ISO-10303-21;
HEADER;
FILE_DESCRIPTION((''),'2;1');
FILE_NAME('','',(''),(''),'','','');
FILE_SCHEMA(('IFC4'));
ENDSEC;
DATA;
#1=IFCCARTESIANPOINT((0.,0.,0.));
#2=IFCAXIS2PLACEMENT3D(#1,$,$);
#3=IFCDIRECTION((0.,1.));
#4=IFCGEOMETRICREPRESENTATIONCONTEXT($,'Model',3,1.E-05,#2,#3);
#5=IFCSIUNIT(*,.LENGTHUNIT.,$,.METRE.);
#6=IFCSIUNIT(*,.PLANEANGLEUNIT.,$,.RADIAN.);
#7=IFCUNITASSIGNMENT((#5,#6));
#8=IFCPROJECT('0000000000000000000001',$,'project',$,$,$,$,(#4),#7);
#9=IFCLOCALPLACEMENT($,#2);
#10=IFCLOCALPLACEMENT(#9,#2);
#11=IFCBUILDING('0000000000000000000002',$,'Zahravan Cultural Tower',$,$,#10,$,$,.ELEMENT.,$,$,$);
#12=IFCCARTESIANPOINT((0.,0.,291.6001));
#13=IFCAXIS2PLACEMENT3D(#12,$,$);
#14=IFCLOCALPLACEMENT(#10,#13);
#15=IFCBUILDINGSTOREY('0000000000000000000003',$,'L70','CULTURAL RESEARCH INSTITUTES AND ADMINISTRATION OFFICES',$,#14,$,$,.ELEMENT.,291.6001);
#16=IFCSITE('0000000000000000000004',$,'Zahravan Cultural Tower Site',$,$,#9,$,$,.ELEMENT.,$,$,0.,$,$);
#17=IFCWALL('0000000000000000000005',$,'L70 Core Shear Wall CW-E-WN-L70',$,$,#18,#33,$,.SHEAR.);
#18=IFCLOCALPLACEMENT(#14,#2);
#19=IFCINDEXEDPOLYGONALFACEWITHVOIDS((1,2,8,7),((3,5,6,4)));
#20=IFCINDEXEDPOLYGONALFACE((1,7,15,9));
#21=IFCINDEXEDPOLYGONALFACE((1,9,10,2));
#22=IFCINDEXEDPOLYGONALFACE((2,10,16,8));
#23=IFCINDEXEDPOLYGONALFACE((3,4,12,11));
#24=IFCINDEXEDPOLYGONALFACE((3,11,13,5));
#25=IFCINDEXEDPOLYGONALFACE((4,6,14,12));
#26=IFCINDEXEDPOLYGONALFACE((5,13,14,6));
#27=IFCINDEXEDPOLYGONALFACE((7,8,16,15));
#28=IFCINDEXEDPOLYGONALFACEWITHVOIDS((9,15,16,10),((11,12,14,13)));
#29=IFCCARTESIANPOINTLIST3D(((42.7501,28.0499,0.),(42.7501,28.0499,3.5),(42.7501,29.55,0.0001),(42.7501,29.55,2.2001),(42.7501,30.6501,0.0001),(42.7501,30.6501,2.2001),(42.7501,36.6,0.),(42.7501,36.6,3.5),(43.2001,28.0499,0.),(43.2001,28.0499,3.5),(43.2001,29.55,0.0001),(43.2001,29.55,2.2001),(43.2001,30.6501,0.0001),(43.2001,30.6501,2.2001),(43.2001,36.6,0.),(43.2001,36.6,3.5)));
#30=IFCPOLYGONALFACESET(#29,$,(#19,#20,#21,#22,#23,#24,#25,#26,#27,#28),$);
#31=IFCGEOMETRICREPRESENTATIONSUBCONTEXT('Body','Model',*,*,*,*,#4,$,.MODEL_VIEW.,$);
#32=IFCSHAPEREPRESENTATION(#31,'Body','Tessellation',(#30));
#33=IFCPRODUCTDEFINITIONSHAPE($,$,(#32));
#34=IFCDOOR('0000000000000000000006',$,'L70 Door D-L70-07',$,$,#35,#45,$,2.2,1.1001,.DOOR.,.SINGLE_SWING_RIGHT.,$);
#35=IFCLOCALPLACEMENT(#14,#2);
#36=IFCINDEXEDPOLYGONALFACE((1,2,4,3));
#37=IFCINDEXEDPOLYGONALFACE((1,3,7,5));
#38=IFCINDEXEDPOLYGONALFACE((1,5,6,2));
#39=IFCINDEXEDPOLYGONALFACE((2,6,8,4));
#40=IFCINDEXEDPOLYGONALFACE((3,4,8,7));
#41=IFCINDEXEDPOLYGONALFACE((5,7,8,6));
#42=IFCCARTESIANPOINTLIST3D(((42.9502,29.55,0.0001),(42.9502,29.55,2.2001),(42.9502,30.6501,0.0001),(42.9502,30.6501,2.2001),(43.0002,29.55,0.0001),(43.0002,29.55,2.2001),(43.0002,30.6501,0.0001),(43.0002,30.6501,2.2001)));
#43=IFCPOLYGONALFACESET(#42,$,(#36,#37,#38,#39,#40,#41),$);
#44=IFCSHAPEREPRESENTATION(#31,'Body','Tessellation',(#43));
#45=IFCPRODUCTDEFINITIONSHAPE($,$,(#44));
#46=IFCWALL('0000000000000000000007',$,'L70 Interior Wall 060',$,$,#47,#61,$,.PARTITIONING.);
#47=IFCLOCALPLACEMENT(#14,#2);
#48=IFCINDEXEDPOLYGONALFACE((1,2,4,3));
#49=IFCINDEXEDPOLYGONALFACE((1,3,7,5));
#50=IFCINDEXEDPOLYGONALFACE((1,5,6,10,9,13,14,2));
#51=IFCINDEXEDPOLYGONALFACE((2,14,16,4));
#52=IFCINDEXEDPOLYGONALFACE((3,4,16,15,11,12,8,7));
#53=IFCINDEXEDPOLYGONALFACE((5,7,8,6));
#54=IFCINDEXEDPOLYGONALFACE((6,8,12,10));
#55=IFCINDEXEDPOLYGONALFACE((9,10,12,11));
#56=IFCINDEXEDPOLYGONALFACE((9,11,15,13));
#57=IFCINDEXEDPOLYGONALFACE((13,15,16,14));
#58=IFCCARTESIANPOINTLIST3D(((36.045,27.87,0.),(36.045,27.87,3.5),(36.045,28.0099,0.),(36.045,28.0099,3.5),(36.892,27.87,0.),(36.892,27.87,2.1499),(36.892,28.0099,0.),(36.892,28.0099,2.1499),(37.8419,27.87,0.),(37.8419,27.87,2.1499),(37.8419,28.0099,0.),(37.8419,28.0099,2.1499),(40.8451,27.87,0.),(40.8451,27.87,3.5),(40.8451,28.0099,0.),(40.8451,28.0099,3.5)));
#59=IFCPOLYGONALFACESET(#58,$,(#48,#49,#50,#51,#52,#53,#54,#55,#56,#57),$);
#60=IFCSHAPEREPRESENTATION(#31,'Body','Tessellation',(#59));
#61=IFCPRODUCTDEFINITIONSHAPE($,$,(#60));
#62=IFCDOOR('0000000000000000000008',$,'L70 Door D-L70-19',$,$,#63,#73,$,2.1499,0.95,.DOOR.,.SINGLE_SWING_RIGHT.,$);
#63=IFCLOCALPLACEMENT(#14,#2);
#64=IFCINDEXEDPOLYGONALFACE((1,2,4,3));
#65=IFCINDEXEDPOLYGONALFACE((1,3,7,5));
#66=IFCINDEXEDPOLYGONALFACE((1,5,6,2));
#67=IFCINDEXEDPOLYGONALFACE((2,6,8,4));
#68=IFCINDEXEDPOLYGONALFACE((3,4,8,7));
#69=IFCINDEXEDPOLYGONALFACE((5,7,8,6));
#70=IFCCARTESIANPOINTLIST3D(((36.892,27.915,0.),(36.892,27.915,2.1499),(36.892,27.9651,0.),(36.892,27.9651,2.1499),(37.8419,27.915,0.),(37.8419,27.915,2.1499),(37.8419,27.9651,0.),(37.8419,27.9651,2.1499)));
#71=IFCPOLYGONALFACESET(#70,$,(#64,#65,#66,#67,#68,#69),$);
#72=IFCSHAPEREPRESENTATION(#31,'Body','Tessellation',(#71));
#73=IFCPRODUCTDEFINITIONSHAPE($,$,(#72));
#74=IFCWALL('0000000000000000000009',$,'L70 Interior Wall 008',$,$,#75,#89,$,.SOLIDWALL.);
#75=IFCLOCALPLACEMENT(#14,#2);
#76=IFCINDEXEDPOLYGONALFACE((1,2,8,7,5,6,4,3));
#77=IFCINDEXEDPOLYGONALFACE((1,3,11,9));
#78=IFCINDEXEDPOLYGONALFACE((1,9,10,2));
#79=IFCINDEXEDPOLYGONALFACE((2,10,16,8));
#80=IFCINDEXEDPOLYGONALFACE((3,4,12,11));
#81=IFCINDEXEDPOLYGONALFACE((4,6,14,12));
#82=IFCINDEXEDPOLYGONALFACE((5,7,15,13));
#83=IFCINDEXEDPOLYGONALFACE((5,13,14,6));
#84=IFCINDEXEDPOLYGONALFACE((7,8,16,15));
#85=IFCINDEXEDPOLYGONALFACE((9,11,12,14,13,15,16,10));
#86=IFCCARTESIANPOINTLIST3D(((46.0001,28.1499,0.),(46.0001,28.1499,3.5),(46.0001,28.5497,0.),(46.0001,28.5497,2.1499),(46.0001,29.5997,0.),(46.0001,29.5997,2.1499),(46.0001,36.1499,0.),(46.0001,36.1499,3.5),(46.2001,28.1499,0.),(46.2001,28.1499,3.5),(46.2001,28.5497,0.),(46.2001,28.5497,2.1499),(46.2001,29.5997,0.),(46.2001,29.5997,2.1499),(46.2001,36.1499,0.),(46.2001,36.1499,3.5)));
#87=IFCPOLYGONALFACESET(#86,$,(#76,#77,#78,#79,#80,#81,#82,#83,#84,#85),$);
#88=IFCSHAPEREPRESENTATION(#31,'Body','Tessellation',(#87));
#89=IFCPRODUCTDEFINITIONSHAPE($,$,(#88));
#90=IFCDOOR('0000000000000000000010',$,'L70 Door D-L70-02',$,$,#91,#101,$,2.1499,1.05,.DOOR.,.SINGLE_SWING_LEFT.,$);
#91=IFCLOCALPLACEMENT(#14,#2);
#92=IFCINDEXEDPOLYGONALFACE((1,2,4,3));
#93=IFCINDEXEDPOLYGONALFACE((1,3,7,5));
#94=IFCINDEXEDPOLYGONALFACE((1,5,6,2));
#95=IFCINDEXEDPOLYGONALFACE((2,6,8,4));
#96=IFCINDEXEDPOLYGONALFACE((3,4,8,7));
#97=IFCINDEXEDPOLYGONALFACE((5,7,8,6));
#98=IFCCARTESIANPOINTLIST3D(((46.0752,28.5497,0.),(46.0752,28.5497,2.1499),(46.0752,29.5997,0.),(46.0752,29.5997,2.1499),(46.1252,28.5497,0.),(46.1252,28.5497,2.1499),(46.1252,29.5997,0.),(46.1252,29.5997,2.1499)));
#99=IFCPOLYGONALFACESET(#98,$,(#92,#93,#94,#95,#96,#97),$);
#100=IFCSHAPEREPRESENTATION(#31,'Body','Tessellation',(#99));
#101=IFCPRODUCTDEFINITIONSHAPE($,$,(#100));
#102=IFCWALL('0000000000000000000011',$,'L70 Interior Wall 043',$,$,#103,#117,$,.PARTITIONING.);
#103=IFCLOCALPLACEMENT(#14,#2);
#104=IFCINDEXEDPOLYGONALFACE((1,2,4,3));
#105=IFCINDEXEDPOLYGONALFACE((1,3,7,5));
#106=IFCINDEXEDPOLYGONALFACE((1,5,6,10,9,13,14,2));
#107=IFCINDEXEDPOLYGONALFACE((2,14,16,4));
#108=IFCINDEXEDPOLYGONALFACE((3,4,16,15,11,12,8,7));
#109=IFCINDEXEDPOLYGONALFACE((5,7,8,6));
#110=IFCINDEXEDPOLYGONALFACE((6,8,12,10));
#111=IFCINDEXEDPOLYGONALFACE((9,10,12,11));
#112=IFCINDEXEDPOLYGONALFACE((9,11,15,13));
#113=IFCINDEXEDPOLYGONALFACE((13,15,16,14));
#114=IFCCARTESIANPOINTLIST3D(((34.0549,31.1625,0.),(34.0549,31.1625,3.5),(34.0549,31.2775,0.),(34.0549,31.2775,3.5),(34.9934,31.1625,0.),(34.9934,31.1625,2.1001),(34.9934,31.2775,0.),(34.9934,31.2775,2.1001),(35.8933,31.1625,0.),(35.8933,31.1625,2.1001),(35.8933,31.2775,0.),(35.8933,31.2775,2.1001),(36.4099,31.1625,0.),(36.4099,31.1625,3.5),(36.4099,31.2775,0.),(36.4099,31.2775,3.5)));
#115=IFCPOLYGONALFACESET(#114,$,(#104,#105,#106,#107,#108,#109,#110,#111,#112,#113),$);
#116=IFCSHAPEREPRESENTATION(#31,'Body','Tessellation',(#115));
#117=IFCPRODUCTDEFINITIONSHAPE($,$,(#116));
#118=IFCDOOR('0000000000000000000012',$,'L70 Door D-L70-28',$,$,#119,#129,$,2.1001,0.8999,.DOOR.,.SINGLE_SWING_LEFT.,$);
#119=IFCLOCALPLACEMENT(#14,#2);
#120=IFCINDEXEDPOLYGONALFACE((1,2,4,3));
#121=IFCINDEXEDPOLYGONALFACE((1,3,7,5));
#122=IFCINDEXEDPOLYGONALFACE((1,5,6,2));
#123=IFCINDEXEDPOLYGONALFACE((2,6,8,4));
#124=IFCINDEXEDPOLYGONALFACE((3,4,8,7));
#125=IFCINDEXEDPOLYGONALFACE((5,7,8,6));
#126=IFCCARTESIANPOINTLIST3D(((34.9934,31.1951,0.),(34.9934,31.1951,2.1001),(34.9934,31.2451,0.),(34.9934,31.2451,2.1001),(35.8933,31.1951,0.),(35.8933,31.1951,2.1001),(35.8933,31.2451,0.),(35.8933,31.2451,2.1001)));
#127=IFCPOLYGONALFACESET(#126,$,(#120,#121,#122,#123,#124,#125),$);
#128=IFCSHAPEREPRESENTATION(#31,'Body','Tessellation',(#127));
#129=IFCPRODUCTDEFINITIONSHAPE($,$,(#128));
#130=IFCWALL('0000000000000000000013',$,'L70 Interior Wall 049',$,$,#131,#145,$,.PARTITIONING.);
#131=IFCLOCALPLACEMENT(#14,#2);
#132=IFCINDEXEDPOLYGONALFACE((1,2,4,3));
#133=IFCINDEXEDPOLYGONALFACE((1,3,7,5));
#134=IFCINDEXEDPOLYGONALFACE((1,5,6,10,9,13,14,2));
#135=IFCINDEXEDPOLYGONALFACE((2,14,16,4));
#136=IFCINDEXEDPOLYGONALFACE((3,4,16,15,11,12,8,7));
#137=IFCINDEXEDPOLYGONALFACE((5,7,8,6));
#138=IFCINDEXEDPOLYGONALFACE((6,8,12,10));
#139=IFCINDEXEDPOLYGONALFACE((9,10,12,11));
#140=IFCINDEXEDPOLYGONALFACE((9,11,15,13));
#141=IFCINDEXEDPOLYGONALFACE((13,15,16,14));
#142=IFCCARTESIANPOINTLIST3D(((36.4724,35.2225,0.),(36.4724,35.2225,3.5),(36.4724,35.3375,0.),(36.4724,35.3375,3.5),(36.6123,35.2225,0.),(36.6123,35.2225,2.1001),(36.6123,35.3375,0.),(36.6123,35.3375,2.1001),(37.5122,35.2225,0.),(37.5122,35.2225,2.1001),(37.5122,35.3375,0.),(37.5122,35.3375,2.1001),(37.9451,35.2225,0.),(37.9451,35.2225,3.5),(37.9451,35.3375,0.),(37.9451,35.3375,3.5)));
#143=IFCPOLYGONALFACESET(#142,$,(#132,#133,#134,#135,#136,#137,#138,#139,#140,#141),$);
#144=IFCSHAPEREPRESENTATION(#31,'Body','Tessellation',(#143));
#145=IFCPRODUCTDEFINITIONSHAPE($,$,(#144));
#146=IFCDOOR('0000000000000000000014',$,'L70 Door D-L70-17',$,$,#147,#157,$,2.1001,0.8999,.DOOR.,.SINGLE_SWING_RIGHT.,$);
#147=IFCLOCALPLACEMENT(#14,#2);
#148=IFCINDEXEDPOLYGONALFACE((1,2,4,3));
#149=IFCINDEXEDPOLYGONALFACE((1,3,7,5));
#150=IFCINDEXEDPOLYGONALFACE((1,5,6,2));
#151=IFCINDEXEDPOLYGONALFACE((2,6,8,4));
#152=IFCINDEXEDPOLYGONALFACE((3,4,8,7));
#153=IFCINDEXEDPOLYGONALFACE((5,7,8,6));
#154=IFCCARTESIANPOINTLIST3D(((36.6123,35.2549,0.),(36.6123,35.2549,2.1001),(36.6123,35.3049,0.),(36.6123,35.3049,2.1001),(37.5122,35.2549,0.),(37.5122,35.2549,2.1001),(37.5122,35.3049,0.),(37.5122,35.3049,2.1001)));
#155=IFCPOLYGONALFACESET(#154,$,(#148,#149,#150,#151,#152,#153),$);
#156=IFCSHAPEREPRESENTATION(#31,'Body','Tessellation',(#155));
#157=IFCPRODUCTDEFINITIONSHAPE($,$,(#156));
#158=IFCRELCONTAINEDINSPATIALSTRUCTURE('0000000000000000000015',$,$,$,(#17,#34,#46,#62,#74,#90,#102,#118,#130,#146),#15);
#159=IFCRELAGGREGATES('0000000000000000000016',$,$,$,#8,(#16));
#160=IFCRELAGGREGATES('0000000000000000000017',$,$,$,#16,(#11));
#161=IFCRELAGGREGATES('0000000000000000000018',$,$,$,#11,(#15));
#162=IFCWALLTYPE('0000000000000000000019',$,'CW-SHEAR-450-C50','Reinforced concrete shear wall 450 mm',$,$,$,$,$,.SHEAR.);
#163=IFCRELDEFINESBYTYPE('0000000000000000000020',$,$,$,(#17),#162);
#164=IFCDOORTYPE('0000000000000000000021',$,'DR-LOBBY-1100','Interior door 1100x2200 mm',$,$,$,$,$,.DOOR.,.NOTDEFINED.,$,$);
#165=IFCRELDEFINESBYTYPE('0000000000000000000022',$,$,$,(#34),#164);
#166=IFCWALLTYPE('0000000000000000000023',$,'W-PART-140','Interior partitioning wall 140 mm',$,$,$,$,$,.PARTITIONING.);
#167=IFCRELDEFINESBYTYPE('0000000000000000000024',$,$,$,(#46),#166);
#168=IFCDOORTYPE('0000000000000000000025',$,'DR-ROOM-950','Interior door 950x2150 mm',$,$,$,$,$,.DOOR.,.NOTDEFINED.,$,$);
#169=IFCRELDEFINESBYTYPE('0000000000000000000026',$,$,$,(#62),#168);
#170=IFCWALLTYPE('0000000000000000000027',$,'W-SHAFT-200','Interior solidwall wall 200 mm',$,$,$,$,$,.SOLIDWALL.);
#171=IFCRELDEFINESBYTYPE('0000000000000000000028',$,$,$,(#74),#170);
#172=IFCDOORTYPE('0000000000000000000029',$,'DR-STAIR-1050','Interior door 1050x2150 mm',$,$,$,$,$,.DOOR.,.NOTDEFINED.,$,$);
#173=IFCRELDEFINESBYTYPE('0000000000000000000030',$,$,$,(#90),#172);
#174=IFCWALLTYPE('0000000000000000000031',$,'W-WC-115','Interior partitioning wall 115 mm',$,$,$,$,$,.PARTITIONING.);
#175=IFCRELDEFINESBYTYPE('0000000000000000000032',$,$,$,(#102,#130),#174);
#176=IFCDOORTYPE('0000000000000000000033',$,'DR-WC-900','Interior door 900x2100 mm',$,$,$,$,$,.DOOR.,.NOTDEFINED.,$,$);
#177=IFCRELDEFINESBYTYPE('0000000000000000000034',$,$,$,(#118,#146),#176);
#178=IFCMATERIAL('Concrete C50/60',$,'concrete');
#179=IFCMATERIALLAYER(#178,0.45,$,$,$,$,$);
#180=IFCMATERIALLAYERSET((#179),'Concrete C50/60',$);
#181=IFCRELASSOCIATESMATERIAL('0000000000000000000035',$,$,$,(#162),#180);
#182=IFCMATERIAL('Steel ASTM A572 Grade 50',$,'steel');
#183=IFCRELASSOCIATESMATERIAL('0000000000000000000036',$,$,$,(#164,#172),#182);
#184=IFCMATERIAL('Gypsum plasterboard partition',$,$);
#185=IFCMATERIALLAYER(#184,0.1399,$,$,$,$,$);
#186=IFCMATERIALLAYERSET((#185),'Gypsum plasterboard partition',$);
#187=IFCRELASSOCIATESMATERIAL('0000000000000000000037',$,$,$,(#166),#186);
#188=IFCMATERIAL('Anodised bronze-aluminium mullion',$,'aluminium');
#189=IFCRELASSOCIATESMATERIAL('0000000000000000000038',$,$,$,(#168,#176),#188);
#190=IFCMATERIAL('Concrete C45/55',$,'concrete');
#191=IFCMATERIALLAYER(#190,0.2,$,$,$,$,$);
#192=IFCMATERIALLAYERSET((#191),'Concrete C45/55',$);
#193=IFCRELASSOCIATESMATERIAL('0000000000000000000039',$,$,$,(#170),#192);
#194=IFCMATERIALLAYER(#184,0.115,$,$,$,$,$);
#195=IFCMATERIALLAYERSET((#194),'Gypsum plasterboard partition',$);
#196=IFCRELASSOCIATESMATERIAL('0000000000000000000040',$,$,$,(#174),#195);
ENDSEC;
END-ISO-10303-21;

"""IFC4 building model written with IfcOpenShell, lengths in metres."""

from ifc_helpers import new_model, si_unit, direction, frame, frame_2d, origin, place, context, subcontext, project, spatial, rectangle, extrude, source, transform, mapped, material, layer, layer_set, type_object, element, fill, save


model = new_model("IFC4")

# Units and contexts
model_context = context("Model", 3, precision=1e-05, world=origin(), true_north=direction((0.0, 1.0)))
body_context = subcontext(model_context, "Body", "Model", "MODEL_VIEW")
ifc_project = project(units=[si_unit("LENGTHUNIT", "METRE"), si_unit("PLANEANGLEUNIT", "RADIAN")], contexts=[model_context])

# Site, building, storey
site_placement = place(None, origin())
site = spatial("IfcSite", under=ifc_project, at=site_placement, Name="Zahravan Cultural Tower Site", CompositionType="ELEMENT", RefElevation=0.0)
building_placement = place(site_placement, origin())
building = spatial("IfcBuilding", under=site, at=building_placement, Name="Zahravan Cultural Tower", CompositionType="ELEMENT")
storey_placement = place(building_placement, frame((0.0, 0.0, 291.6001)))
storey = spatial("IfcBuildingStorey", under=building, at=storey_placement, Name="L70", Description="CULTURAL RESEARCH INSTITUTES AND ADMINISTRATION OFFICES", CompositionType="ELEMENT", Elevation=291.6001)

# Walls, openings, doors
ifc_material_1 = material(Name="Concrete C50/60", Category="concrete")
ifc_layer_1 = layer(ifc_material_1, 0.45)
ifc_layer_set_1 = layer_set([ifc_layer_1], Name="Concrete C50/60")
wall_type_1 = type_object("IfcWallType", Name="CW-SHEAR-450-C50", Description="Reinforced concrete shear wall 450 mm", PredefinedType="SHEAR", material=ifc_layer_set_1)
wall_1_placement = place(storey_placement, frame((42.9751, 28.05, 0.0), z_axis=(0.0, 0.0, 1.0), x_axis=(0.0, 1.0, 0.0)))
wall_1 = element("IfcWall", 1, at=wall_1_placement, inside=storey, type_object=wall_type_1, Name="L70 Core Shear Wall CW-E-WN-L70", PredefinedType="SHEAR", context=body_context, shape_type="SweptSolid", body=[
    extrude(rectangle(XDim=8.55, YDim=0.45, at=frame_2d((4.2749, 0.0))), origin(), (0.0, 0.0, 1.0), 3.5),
])
opening_1_placement = place(wall_1_placement, frame((1.5, 0.0, 0.0)))
opening_1 = element("IfcOpeningElement", 2, at=opening_1_placement, cuts=wall_1, PredefinedType="OPENING", context=body_context, shape_type="SweptSolid", body=[
    extrude(rectangle(XDim=1.1001, YDim=2.2, at=frame_2d((0.55, 1.1001))), frame((0.0, 0.2349, 0.0), z_axis=(0.0, -1.0, 0.0), x_axis=(1.0, 0.0, 0.0)), (0.0, 0.0, 1.0), 0.47),
])
ifc_material_2 = material(Name="Steel ASTM A572 Grade 50", Category="steel")
door_type_1 = type_object("IfcDoorType", Name="DR-LOBBY-1100", Description="Interior door 1100x2200 mm", OperationType="NOTDEFINED", PredefinedType="DOOR", material=ifc_material_2)
shared_shape_1 = source(origin(), body_context, "Body", "SweptSolid", [
    extrude(rectangle(XDim=1.1001, YDim=2.2, at=frame_2d((0.55, 1.1001))), frame((0.0, 0.0249, 0.0), z_axis=(0.0, -1.0, 0.0), x_axis=(1.0, 0.0, 0.0)), (0.0, 0.0, 1.0), 0.05),
])
door_1_placement = place(opening_1_placement, origin())
door_1 = element("IfcDoor", 3, at=door_1_placement, inside=storey, type_object=door_type_1, Name="L70 Door D-L70-07", OperationType="SINGLE_SWING_RIGHT", OverallHeight=2.2, OverallWidth=1.1001, PredefinedType="DOOR", context=body_context, shape_type="MappedRepresentation", body=[
    mapped(shared_shape_1, transform((0.0, 0.0, 0.0), x_axis=(1.0, 0.0, 0.0), y_axis=(0.0, 1.0, 0.0), z_axis=(0.0, 0.0, 1.0), scale=1.0)),
])
fill(opening_1, door_1)
ifc_material_3 = material(Name="Gypsum plasterboard partition")
ifc_layer_2 = layer(ifc_material_3, 0.1399)
ifc_layer_set_2 = layer_set([ifc_layer_2], Name="Gypsum plasterboard partition")
wall_type_2 = type_object("IfcWallType", Name="W-PART-140", Description="Interior partitioning wall 140 mm", PredefinedType="PARTITIONING", material=ifc_layer_set_2)
wall_2_placement = place(storey_placement, frame((40.845, 27.9399, 0.0), z_axis=(0.0, 0.0, 1.0), x_axis=(-1.0, 0.0, 0.0)))
wall_2 = element("IfcWall", 4, at=wall_2_placement, inside=storey, type_object=wall_type_2, Name="L70 Interior Wall 060", PredefinedType="PARTITIONING", context=body_context, shape_type="SweptSolid", body=[
    extrude(rectangle(XDim=4.8, YDim=0.1399, at=frame_2d((2.3999, 0.0))), origin(), (0.0, 0.0, 1.0), 3.5),
])
opening_2_placement = place(wall_2_placement, frame((3.0029, 0.0, 0.0)))
opening_2 = element("IfcOpeningElement", 5, at=opening_2_placement, cuts=wall_2, PredefinedType="OPENING", context=body_context, shape_type="SweptSolid", body=[
    extrude(rectangle(XDim=0.95, YDim=2.1499, at=frame_2d((0.4751, 1.075))), frame((0.0, 0.0798, 0.0), z_axis=(0.0, -1.0, 0.0), x_axis=(1.0, 0.0, 0.0)), (0.0, 0.0, 1.0), 0.1599),
])
ifc_material_4 = material(Name="Anodised bronze-aluminium mullion", Category="aluminium")
door_type_2 = type_object("IfcDoorType", Name="DR-ROOM-950", Description="Interior door 950x2150 mm", OperationType="NOTDEFINED", PredefinedType="DOOR", material=ifc_material_4)
shared_shape_2 = source(origin(), body_context, "Body", "SweptSolid", [
    extrude(rectangle(XDim=0.95, YDim=2.1499, at=frame_2d((0.4751, 1.075))), frame((0.0, 0.0249, 0.0), z_axis=(0.0, -1.0, 0.0), x_axis=(1.0, 0.0, 0.0)), (0.0, 0.0, 1.0), 0.05),
])
door_2_placement = place(opening_2_placement, origin())
door_2 = element("IfcDoor", 6, at=door_2_placement, inside=storey, type_object=door_type_2, Name="L70 Door D-L70-19", OperationType="SINGLE_SWING_RIGHT", OverallHeight=2.1499, OverallWidth=0.95, PredefinedType="DOOR", context=body_context, shape_type="MappedRepresentation", body=[
    mapped(shared_shape_2, transform((0.0, 0.0, 0.0), x_axis=(1.0, 0.0, 0.0), y_axis=(0.0, 1.0, 0.0), z_axis=(0.0, 0.0, 1.0), scale=1.0)),
])
fill(opening_2, door_2)
ifc_material_5 = material(Name="Concrete C45/55", Category="concrete")
ifc_layer_3 = layer(ifc_material_5, 0.2)
ifc_layer_set_3 = layer_set([ifc_layer_3], Name="Concrete C45/55")
wall_type_3 = type_object("IfcWallType", Name="W-SHAFT-200", Description="Interior solidwall wall 200 mm", PredefinedType="SOLIDWALL", material=ifc_layer_set_3)
wall_3_placement = place(storey_placement, frame((46.1001, 28.1499, 0.0), z_axis=(0.0, 0.0, 1.0), x_axis=(0.0, 1.0, 0.0)))
wall_3 = element("IfcWall", 7, at=wall_3_placement, inside=storey, type_object=wall_type_3, Name="L70 Interior Wall 008", PredefinedType="SOLIDWALL", context=body_context, shape_type="SweptSolid", body=[
    extrude(rectangle(XDim=8.0, YDim=0.2, at=frame_2d((4.0, 0.0))), origin(), (0.0, 0.0, 1.0), 3.5),
])
opening_3_placement = place(wall_3_placement, frame((0.3999, 0.0, 0.0)))
opening_3 = element("IfcOpeningElement", 8, at=opening_3_placement, cuts=wall_3, PredefinedType="OPENING", context=body_context, shape_type="SweptSolid", body=[
    extrude(rectangle(XDim=1.05, YDim=2.1499, at=frame_2d((0.5249, 1.075))), frame((0.0, 0.1099, 0.0), z_axis=(0.0, -1.0, 0.0), x_axis=(1.0, 0.0, 0.0)), (0.0, 0.0, 1.0), 0.22),
])
door_type_3 = type_object("IfcDoorType", Name="DR-STAIR-1050", Description="Interior door 1050x2150 mm", OperationType="NOTDEFINED", PredefinedType="DOOR", material=ifc_material_2)
shared_shape_3 = source(origin(), body_context, "Body", "SweptSolid", [
    extrude(rectangle(XDim=1.05, YDim=2.1499, at=frame_2d((0.5249, 1.075))), frame((0.0, 0.0249, 0.0), z_axis=(0.0, -1.0, 0.0), x_axis=(1.0, 0.0, 0.0)), (0.0, 0.0, 1.0), 0.05),
])
door_3_placement = place(opening_3_placement, origin())
door_3 = element("IfcDoor", 9, at=door_3_placement, inside=storey, type_object=door_type_3, Name="L70 Door D-L70-02", OperationType="SINGLE_SWING_LEFT", OverallHeight=2.1499, OverallWidth=1.05, PredefinedType="DOOR", context=body_context, shape_type="MappedRepresentation", body=[
    mapped(shared_shape_3, transform((0.0, 0.0, 0.0), x_axis=(1.0, 0.0, 0.0), y_axis=(0.0, 1.0, 0.0), z_axis=(0.0, 0.0, 1.0), scale=1.0)),
])
fill(opening_3, door_3)
ifc_layer_4 = layer(ifc_material_3, 0.115)
ifc_layer_set_4 = layer_set([ifc_layer_4], Name="Gypsum plasterboard partition")
wall_type_4 = type_object("IfcWallType", Name="W-WC-115", Description="Interior partitioning wall 115 mm", PredefinedType="PARTITIONING", material=ifc_layer_set_4)
wall_4_placement = place(storey_placement, frame((36.4099, 31.22, 0.0), z_axis=(0.0, 0.0, 1.0), x_axis=(-1.0, 0.0, 0.0)))
wall_4 = element("IfcWall", 10, at=wall_4_placement, inside=storey, type_object=wall_type_4, Name="L70 Interior Wall 043", PredefinedType="PARTITIONING", context=body_context, shape_type="SweptSolid", body=[
    extrude(rectangle(XDim=2.355, YDim=0.115, at=frame_2d((1.1775, 0.0))), origin(), (0.0, 0.0, 1.0), 3.5),
])
opening_4_placement = place(wall_4_placement, frame((0.5166, 0.0, 0.0)))
opening_4 = element("IfcOpeningElement", 11, at=opening_4_placement, cuts=wall_4, PredefinedType="OPENING", context=body_context, shape_type="SweptSolid", body=[
    extrude(rectangle(XDim=0.8999, YDim=2.1001, at=frame_2d((0.45, 1.05))), frame((0.0, 0.0674, 0.0), z_axis=(0.0, -1.0, 0.0), x_axis=(1.0, 0.0, 0.0)), (0.0, 0.0, 1.0), 0.135),
])
door_type_4 = type_object("IfcDoorType", Name="DR-WC-900", Description="Interior door 900x2100 mm", OperationType="NOTDEFINED", PredefinedType="DOOR", material=ifc_material_4)
shared_shape_4 = source(origin(), body_context, "Body", "SweptSolid", [
    extrude(rectangle(XDim=0.8999, YDim=2.1001, at=frame_2d((0.45, 1.05))), frame((0.0, 0.0249, 0.0), z_axis=(0.0, -1.0, 0.0), x_axis=(1.0, 0.0, 0.0)), (0.0, 0.0, 1.0), 0.05),
])
door_4_placement = place(opening_4_placement, origin())
door_4 = element("IfcDoor", 12, at=door_4_placement, inside=storey, type_object=door_type_4, Name="L70 Door D-L70-28", OperationType="SINGLE_SWING_LEFT", OverallHeight=2.1001, OverallWidth=0.8999, PredefinedType="DOOR", context=body_context, shape_type="MappedRepresentation", body=[
    mapped(shared_shape_4, transform((0.0, 0.0, 0.0), x_axis=(1.0, 0.0, 0.0), y_axis=(0.0, 1.0, 0.0), z_axis=(0.0, 0.0, 1.0), scale=1.0)),
])
fill(opening_4, door_4)
wall_5_placement = place(storey_placement, frame((36.4724, 35.28, 0.0), z_axis=(0.0, 0.0, 1.0), x_axis=(1.0, 0.0, 0.0)))
wall_5 = element("IfcWall", 13, at=wall_5_placement, inside=storey, type_object=wall_type_4, Name="L70 Interior Wall 049", PredefinedType="PARTITIONING", context=body_context, shape_type="SweptSolid", body=[
    extrude(rectangle(XDim=1.4727, YDim=0.115, at=frame_2d((0.7363, 0.0))), origin(), (0.0, 0.0, 1.0), 3.5),
])
opening_5_placement = place(wall_5_placement, frame((0.1399, 0.0, 0.0)))
opening_5 = element("IfcOpeningElement", 14, at=opening_5_placement, cuts=wall_5, PredefinedType="OPENING", context=body_context, shape_type="SweptSolid", body=[
    extrude(rectangle(XDim=0.8999, YDim=2.1001, at=frame_2d((0.45, 1.05))), frame((0.0, 0.0674, 0.0), z_axis=(0.0, -1.0, 0.0), x_axis=(1.0, 0.0, 0.0)), (0.0, 0.0, 1.0), 0.135),
])
door_5_placement = place(opening_5_placement, origin())
door_5 = element("IfcDoor", 15, at=door_5_placement, inside=storey, type_object=door_type_4, Name="L70 Door D-L70-17", OperationType="SINGLE_SWING_RIGHT", OverallHeight=2.1001, OverallWidth=0.8999, PredefinedType="DOOR", context=body_context, shape_type="MappedRepresentation", body=[
    mapped(shared_shape_4, transform((0.0, 0.0, 0.0), x_axis=(1.0, 0.0, 0.0), y_axis=(0.0, 1.0, 0.0), z_axis=(0.0, 0.0, 1.0), scale=1.0)),
])
fill(opening_5, door_5)

save(model, "model.ifc")
